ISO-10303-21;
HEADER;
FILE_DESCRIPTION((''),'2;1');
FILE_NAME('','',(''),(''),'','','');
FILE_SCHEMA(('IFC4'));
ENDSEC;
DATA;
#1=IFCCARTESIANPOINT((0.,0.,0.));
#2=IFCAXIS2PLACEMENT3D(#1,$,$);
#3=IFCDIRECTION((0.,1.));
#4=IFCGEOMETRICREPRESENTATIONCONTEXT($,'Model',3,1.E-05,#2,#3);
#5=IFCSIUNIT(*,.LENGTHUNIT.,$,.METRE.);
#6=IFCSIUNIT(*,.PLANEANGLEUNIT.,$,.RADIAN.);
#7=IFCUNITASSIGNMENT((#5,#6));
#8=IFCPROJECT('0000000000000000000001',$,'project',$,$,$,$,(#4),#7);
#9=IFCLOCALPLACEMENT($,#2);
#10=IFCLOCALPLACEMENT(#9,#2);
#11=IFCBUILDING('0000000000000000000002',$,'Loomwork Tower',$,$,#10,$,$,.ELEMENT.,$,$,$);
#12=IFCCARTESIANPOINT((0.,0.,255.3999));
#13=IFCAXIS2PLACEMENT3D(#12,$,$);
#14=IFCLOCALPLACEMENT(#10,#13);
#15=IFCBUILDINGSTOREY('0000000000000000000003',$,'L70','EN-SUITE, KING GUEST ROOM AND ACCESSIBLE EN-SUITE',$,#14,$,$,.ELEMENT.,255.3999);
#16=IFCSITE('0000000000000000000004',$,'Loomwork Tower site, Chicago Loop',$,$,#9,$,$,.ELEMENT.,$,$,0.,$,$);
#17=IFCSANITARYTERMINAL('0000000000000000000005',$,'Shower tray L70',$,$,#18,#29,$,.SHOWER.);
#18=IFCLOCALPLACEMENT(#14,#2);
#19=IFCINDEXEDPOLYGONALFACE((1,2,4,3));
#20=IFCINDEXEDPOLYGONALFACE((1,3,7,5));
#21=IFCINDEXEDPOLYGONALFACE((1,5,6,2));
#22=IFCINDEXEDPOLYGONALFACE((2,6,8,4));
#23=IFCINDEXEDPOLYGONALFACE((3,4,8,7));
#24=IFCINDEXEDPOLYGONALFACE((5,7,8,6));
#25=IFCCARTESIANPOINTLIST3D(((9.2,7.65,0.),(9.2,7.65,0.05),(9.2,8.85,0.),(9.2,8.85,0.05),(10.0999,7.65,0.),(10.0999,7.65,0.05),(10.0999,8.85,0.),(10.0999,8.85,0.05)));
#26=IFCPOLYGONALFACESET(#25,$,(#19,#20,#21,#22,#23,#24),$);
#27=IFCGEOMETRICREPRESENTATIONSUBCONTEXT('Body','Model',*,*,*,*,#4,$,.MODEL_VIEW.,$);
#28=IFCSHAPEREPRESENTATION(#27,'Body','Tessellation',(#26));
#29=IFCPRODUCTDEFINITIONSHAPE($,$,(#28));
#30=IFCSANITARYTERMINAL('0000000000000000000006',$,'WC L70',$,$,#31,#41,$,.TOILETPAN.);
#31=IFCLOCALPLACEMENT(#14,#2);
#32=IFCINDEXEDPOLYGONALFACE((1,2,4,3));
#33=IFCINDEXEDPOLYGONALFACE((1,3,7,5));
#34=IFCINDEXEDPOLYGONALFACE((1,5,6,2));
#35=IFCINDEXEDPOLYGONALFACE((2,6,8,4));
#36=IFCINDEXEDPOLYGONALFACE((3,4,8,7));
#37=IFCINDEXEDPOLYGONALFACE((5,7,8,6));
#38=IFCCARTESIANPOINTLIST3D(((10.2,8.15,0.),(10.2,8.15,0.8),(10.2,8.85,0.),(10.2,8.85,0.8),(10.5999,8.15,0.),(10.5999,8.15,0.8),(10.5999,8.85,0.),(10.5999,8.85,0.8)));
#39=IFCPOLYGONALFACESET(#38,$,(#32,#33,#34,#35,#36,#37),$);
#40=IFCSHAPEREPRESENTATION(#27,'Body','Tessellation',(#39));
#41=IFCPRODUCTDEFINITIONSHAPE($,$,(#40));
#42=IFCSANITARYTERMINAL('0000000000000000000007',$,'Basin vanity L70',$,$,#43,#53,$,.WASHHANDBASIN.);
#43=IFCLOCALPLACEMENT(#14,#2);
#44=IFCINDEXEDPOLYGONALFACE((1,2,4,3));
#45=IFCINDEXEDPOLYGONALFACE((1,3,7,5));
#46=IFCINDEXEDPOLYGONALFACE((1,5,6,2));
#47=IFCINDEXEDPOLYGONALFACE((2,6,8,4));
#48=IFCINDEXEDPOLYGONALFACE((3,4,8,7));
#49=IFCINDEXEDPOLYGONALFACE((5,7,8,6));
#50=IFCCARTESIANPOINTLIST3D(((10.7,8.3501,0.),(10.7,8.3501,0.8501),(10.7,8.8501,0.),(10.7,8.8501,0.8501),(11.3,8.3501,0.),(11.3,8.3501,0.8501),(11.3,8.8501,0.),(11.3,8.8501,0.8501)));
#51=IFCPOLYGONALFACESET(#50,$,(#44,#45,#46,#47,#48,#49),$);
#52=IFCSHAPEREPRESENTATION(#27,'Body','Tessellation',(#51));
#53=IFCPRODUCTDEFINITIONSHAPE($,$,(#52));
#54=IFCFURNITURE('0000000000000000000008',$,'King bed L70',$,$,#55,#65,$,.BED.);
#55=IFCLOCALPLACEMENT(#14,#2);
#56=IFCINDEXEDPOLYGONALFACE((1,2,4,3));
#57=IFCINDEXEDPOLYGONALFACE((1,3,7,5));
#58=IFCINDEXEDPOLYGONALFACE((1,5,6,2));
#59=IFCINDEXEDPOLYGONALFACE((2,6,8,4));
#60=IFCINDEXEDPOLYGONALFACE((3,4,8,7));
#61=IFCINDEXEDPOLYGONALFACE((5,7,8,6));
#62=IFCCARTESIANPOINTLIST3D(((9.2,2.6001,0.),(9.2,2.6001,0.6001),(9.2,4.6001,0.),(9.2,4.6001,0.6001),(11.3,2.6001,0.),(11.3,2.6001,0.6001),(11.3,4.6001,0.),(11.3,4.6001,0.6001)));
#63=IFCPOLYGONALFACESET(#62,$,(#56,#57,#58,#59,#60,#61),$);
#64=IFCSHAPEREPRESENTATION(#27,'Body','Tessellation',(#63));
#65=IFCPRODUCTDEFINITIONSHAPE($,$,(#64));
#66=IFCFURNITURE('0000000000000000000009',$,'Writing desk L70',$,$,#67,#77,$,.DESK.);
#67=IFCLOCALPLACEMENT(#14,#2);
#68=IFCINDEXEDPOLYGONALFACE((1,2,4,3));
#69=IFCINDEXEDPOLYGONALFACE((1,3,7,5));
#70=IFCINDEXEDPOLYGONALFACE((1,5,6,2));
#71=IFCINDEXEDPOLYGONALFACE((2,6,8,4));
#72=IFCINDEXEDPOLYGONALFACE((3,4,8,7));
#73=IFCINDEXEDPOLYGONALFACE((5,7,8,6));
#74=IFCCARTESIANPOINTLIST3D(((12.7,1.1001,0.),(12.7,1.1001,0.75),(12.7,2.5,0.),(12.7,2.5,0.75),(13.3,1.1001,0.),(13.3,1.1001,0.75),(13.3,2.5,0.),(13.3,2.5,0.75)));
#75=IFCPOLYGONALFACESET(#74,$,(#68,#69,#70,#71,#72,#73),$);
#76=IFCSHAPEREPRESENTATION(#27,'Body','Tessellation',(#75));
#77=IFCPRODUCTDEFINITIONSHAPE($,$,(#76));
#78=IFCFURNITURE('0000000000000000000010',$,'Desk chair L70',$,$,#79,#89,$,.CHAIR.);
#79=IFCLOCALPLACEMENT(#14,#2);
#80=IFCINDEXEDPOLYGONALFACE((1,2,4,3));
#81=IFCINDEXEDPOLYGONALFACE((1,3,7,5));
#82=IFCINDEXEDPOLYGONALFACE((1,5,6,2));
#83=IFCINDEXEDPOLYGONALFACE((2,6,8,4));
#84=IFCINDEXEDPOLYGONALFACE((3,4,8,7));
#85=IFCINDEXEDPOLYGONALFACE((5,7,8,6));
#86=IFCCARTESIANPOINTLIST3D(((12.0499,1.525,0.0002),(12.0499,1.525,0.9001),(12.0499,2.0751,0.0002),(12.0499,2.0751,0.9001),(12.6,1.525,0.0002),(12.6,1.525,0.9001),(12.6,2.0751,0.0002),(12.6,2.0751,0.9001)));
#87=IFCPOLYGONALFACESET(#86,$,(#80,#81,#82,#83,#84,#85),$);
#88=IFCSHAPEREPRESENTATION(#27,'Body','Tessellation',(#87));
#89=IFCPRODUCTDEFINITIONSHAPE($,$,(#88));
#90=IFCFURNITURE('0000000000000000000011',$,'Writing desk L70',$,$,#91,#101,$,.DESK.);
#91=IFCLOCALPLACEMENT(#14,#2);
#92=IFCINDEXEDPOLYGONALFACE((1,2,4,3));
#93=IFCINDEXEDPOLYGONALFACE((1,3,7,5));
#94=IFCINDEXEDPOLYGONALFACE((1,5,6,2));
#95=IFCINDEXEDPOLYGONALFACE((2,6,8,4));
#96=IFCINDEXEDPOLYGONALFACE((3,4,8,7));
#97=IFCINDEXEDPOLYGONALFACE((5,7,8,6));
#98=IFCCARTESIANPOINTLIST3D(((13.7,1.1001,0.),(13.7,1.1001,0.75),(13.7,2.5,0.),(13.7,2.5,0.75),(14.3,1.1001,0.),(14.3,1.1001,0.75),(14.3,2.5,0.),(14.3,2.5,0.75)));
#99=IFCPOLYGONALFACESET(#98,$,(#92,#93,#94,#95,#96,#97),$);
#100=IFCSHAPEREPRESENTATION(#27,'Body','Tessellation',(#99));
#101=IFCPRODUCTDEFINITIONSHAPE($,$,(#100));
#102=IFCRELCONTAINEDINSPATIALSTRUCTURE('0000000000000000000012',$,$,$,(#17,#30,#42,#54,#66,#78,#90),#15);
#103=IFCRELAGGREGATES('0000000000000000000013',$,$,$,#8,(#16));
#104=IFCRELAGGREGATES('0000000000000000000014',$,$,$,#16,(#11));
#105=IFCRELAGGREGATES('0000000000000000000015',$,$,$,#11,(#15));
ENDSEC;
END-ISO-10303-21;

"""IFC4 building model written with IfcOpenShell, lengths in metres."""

from ifc_helpers import new_model, si_unit, direction, frame, origin, origin_2d, place, context, subcontext, project, spatial, rectangle, extrude, element, save


model = new_model("IFC4")

# Units and contexts
model_context = context("Model", 3, precision=1e-05, world=origin(), true_north=direction((0.0, 1.0)))
body_context = subcontext(model_context, "Body", "Model", "MODEL_VIEW")
ifc_project = project(units=[si_unit("LENGTHUNIT", "METRE"), si_unit("PLANEANGLEUNIT", "RADIAN")], contexts=[model_context])

# Site, building, storey
site_placement = place(None, origin())
site = spatial("IfcSite", under=ifc_project, at=site_placement, Name="Loomwork Tower site, Chicago Loop", CompositionType="ELEMENT", RefElevation=0.0)
building_placement = place(site_placement, origin())
building = spatial("IfcBuilding", under=site, at=building_placement, Name="Loomwork Tower", CompositionType="ELEMENT")
storey_placement = place(building_placement, frame((0.0, 0.0, 255.3999)))
storey = spatial("IfcBuildingStorey", under=building, at=storey_placement, Name="L70", Description="EN-SUITE, KING GUEST ROOM AND ACCESSIBLE EN-SUITE", CompositionType="ELEMENT", Elevation=255.3999)

# Sanitary terminals
sanitary_terminal_1_placement = place(storey_placement, frame((9.6499, 8.25, 0.0), z_axis=(0.0, 0.0, 1.0), x_axis=(1.0, 0.0, 0.0)))
element("IfcSanitaryTerminal", 1, at=sanitary_terminal_1_placement, inside=storey, Name="Shower tray L70", PredefinedType="SHOWER", context=body_context, shape_type="SweptSolid", body=[
    extrude(rectangle(XDim=0.8999, YDim=1.2, at=origin_2d()), origin(), (0.0, 0.0, 1.0), 0.05),
])
sanitary_terminal_2_placement = place(storey_placement, frame((10.3999, 8.5, 0.0), z_axis=(0.0, 0.0, 1.0), x_axis=(1.0, 0.0, 0.0)))
element("IfcSanitaryTerminal", 2, at=sanitary_terminal_2_placement, inside=storey, Name="WC L70", PredefinedType="TOILETPAN", context=body_context, shape_type="SweptSolid", body=[
    extrude(rectangle(XDim=0.3999, YDim=0.7, at=origin_2d()), origin(), (0.0, 0.0, 1.0), 0.8),
])
sanitary_terminal_3_placement = place(storey_placement, frame((11.0, 8.6001, 0.0), z_axis=(0.0, 0.0, 1.0), x_axis=(1.0, 0.0, 0.0)))
element("IfcSanitaryTerminal", 3, at=sanitary_terminal_3_placement, inside=storey, Name="Basin vanity L70", PredefinedType="WASHHANDBASIN", context=body_context, shape_type="SweptSolid", body=[
    extrude(rectangle(XDim=0.6001, YDim=0.5, at=origin_2d()), origin(), (0.0, 0.0, 1.0), 0.8501),
])

# Furniture
furniture_1_placement = place(storey_placement, frame((10.25, 3.6001, 0.0), z_axis=(0.0, 0.0, 1.0), x_axis=(1.0, 0.0, 0.0)))
element("IfcFurniture", 4, at=furniture_1_placement, inside=storey, Name="King bed L70", PredefinedType="BED", context=body_context, shape_type="SweptSolid", body=[
    extrude(rectangle(XDim=2.1001, YDim=2.0, at=origin_2d()), origin(), (0.0, 0.0, 1.0), 0.6001),
])
furniture_2_placement = place(storey_placement, frame((13.0, 1.8, 0.0), z_axis=(0.0, 0.0, 1.0), x_axis=(1.0, 0.0, 0.0)))
element("IfcFurniture", 5, at=furniture_2_placement, inside=storey, Name="Writing desk L70", PredefinedType="DESK", context=body_context, shape_type="SweptSolid", body=[
    extrude(rectangle(XDim=0.6001, YDim=1.3999, at=origin_2d()), origin(), (0.0, 0.0, 1.0), 0.75),
])
furniture_3_placement = place(storey_placement, frame((12.325, 1.8, 0.0002), z_axis=(0.0, 0.0, 1.0), x_axis=(1.0, 0.0, 0.0)))
element("IfcFurniture", 6, at=furniture_3_placement, inside=storey, Name="Desk chair L70", PredefinedType="CHAIR", context=body_context, shape_type="SweptSolid", body=[
    extrude(rectangle(XDim=0.55, YDim=0.55, at=origin_2d()), origin(), (0.0, 0.0, 1.0), 0.8999),
])
furniture_4_placement = place(storey_placement, frame((14.0, 1.8, 0.0), z_axis=(0.0, 0.0, 1.0), x_axis=(1.0, 0.0, 0.0)))
element("IfcFurniture", 7, at=furniture_4_placement, inside=storey, Name="Writing desk L70", PredefinedType="DESK", context=body_context, shape_type="SweptSolid", body=[
    extrude(rectangle(XDim=0.6001, YDim=1.3999, at=origin_2d()), origin(), (0.0, 0.0, 1.0), 0.75),
])

save(model, "model.ifc")
